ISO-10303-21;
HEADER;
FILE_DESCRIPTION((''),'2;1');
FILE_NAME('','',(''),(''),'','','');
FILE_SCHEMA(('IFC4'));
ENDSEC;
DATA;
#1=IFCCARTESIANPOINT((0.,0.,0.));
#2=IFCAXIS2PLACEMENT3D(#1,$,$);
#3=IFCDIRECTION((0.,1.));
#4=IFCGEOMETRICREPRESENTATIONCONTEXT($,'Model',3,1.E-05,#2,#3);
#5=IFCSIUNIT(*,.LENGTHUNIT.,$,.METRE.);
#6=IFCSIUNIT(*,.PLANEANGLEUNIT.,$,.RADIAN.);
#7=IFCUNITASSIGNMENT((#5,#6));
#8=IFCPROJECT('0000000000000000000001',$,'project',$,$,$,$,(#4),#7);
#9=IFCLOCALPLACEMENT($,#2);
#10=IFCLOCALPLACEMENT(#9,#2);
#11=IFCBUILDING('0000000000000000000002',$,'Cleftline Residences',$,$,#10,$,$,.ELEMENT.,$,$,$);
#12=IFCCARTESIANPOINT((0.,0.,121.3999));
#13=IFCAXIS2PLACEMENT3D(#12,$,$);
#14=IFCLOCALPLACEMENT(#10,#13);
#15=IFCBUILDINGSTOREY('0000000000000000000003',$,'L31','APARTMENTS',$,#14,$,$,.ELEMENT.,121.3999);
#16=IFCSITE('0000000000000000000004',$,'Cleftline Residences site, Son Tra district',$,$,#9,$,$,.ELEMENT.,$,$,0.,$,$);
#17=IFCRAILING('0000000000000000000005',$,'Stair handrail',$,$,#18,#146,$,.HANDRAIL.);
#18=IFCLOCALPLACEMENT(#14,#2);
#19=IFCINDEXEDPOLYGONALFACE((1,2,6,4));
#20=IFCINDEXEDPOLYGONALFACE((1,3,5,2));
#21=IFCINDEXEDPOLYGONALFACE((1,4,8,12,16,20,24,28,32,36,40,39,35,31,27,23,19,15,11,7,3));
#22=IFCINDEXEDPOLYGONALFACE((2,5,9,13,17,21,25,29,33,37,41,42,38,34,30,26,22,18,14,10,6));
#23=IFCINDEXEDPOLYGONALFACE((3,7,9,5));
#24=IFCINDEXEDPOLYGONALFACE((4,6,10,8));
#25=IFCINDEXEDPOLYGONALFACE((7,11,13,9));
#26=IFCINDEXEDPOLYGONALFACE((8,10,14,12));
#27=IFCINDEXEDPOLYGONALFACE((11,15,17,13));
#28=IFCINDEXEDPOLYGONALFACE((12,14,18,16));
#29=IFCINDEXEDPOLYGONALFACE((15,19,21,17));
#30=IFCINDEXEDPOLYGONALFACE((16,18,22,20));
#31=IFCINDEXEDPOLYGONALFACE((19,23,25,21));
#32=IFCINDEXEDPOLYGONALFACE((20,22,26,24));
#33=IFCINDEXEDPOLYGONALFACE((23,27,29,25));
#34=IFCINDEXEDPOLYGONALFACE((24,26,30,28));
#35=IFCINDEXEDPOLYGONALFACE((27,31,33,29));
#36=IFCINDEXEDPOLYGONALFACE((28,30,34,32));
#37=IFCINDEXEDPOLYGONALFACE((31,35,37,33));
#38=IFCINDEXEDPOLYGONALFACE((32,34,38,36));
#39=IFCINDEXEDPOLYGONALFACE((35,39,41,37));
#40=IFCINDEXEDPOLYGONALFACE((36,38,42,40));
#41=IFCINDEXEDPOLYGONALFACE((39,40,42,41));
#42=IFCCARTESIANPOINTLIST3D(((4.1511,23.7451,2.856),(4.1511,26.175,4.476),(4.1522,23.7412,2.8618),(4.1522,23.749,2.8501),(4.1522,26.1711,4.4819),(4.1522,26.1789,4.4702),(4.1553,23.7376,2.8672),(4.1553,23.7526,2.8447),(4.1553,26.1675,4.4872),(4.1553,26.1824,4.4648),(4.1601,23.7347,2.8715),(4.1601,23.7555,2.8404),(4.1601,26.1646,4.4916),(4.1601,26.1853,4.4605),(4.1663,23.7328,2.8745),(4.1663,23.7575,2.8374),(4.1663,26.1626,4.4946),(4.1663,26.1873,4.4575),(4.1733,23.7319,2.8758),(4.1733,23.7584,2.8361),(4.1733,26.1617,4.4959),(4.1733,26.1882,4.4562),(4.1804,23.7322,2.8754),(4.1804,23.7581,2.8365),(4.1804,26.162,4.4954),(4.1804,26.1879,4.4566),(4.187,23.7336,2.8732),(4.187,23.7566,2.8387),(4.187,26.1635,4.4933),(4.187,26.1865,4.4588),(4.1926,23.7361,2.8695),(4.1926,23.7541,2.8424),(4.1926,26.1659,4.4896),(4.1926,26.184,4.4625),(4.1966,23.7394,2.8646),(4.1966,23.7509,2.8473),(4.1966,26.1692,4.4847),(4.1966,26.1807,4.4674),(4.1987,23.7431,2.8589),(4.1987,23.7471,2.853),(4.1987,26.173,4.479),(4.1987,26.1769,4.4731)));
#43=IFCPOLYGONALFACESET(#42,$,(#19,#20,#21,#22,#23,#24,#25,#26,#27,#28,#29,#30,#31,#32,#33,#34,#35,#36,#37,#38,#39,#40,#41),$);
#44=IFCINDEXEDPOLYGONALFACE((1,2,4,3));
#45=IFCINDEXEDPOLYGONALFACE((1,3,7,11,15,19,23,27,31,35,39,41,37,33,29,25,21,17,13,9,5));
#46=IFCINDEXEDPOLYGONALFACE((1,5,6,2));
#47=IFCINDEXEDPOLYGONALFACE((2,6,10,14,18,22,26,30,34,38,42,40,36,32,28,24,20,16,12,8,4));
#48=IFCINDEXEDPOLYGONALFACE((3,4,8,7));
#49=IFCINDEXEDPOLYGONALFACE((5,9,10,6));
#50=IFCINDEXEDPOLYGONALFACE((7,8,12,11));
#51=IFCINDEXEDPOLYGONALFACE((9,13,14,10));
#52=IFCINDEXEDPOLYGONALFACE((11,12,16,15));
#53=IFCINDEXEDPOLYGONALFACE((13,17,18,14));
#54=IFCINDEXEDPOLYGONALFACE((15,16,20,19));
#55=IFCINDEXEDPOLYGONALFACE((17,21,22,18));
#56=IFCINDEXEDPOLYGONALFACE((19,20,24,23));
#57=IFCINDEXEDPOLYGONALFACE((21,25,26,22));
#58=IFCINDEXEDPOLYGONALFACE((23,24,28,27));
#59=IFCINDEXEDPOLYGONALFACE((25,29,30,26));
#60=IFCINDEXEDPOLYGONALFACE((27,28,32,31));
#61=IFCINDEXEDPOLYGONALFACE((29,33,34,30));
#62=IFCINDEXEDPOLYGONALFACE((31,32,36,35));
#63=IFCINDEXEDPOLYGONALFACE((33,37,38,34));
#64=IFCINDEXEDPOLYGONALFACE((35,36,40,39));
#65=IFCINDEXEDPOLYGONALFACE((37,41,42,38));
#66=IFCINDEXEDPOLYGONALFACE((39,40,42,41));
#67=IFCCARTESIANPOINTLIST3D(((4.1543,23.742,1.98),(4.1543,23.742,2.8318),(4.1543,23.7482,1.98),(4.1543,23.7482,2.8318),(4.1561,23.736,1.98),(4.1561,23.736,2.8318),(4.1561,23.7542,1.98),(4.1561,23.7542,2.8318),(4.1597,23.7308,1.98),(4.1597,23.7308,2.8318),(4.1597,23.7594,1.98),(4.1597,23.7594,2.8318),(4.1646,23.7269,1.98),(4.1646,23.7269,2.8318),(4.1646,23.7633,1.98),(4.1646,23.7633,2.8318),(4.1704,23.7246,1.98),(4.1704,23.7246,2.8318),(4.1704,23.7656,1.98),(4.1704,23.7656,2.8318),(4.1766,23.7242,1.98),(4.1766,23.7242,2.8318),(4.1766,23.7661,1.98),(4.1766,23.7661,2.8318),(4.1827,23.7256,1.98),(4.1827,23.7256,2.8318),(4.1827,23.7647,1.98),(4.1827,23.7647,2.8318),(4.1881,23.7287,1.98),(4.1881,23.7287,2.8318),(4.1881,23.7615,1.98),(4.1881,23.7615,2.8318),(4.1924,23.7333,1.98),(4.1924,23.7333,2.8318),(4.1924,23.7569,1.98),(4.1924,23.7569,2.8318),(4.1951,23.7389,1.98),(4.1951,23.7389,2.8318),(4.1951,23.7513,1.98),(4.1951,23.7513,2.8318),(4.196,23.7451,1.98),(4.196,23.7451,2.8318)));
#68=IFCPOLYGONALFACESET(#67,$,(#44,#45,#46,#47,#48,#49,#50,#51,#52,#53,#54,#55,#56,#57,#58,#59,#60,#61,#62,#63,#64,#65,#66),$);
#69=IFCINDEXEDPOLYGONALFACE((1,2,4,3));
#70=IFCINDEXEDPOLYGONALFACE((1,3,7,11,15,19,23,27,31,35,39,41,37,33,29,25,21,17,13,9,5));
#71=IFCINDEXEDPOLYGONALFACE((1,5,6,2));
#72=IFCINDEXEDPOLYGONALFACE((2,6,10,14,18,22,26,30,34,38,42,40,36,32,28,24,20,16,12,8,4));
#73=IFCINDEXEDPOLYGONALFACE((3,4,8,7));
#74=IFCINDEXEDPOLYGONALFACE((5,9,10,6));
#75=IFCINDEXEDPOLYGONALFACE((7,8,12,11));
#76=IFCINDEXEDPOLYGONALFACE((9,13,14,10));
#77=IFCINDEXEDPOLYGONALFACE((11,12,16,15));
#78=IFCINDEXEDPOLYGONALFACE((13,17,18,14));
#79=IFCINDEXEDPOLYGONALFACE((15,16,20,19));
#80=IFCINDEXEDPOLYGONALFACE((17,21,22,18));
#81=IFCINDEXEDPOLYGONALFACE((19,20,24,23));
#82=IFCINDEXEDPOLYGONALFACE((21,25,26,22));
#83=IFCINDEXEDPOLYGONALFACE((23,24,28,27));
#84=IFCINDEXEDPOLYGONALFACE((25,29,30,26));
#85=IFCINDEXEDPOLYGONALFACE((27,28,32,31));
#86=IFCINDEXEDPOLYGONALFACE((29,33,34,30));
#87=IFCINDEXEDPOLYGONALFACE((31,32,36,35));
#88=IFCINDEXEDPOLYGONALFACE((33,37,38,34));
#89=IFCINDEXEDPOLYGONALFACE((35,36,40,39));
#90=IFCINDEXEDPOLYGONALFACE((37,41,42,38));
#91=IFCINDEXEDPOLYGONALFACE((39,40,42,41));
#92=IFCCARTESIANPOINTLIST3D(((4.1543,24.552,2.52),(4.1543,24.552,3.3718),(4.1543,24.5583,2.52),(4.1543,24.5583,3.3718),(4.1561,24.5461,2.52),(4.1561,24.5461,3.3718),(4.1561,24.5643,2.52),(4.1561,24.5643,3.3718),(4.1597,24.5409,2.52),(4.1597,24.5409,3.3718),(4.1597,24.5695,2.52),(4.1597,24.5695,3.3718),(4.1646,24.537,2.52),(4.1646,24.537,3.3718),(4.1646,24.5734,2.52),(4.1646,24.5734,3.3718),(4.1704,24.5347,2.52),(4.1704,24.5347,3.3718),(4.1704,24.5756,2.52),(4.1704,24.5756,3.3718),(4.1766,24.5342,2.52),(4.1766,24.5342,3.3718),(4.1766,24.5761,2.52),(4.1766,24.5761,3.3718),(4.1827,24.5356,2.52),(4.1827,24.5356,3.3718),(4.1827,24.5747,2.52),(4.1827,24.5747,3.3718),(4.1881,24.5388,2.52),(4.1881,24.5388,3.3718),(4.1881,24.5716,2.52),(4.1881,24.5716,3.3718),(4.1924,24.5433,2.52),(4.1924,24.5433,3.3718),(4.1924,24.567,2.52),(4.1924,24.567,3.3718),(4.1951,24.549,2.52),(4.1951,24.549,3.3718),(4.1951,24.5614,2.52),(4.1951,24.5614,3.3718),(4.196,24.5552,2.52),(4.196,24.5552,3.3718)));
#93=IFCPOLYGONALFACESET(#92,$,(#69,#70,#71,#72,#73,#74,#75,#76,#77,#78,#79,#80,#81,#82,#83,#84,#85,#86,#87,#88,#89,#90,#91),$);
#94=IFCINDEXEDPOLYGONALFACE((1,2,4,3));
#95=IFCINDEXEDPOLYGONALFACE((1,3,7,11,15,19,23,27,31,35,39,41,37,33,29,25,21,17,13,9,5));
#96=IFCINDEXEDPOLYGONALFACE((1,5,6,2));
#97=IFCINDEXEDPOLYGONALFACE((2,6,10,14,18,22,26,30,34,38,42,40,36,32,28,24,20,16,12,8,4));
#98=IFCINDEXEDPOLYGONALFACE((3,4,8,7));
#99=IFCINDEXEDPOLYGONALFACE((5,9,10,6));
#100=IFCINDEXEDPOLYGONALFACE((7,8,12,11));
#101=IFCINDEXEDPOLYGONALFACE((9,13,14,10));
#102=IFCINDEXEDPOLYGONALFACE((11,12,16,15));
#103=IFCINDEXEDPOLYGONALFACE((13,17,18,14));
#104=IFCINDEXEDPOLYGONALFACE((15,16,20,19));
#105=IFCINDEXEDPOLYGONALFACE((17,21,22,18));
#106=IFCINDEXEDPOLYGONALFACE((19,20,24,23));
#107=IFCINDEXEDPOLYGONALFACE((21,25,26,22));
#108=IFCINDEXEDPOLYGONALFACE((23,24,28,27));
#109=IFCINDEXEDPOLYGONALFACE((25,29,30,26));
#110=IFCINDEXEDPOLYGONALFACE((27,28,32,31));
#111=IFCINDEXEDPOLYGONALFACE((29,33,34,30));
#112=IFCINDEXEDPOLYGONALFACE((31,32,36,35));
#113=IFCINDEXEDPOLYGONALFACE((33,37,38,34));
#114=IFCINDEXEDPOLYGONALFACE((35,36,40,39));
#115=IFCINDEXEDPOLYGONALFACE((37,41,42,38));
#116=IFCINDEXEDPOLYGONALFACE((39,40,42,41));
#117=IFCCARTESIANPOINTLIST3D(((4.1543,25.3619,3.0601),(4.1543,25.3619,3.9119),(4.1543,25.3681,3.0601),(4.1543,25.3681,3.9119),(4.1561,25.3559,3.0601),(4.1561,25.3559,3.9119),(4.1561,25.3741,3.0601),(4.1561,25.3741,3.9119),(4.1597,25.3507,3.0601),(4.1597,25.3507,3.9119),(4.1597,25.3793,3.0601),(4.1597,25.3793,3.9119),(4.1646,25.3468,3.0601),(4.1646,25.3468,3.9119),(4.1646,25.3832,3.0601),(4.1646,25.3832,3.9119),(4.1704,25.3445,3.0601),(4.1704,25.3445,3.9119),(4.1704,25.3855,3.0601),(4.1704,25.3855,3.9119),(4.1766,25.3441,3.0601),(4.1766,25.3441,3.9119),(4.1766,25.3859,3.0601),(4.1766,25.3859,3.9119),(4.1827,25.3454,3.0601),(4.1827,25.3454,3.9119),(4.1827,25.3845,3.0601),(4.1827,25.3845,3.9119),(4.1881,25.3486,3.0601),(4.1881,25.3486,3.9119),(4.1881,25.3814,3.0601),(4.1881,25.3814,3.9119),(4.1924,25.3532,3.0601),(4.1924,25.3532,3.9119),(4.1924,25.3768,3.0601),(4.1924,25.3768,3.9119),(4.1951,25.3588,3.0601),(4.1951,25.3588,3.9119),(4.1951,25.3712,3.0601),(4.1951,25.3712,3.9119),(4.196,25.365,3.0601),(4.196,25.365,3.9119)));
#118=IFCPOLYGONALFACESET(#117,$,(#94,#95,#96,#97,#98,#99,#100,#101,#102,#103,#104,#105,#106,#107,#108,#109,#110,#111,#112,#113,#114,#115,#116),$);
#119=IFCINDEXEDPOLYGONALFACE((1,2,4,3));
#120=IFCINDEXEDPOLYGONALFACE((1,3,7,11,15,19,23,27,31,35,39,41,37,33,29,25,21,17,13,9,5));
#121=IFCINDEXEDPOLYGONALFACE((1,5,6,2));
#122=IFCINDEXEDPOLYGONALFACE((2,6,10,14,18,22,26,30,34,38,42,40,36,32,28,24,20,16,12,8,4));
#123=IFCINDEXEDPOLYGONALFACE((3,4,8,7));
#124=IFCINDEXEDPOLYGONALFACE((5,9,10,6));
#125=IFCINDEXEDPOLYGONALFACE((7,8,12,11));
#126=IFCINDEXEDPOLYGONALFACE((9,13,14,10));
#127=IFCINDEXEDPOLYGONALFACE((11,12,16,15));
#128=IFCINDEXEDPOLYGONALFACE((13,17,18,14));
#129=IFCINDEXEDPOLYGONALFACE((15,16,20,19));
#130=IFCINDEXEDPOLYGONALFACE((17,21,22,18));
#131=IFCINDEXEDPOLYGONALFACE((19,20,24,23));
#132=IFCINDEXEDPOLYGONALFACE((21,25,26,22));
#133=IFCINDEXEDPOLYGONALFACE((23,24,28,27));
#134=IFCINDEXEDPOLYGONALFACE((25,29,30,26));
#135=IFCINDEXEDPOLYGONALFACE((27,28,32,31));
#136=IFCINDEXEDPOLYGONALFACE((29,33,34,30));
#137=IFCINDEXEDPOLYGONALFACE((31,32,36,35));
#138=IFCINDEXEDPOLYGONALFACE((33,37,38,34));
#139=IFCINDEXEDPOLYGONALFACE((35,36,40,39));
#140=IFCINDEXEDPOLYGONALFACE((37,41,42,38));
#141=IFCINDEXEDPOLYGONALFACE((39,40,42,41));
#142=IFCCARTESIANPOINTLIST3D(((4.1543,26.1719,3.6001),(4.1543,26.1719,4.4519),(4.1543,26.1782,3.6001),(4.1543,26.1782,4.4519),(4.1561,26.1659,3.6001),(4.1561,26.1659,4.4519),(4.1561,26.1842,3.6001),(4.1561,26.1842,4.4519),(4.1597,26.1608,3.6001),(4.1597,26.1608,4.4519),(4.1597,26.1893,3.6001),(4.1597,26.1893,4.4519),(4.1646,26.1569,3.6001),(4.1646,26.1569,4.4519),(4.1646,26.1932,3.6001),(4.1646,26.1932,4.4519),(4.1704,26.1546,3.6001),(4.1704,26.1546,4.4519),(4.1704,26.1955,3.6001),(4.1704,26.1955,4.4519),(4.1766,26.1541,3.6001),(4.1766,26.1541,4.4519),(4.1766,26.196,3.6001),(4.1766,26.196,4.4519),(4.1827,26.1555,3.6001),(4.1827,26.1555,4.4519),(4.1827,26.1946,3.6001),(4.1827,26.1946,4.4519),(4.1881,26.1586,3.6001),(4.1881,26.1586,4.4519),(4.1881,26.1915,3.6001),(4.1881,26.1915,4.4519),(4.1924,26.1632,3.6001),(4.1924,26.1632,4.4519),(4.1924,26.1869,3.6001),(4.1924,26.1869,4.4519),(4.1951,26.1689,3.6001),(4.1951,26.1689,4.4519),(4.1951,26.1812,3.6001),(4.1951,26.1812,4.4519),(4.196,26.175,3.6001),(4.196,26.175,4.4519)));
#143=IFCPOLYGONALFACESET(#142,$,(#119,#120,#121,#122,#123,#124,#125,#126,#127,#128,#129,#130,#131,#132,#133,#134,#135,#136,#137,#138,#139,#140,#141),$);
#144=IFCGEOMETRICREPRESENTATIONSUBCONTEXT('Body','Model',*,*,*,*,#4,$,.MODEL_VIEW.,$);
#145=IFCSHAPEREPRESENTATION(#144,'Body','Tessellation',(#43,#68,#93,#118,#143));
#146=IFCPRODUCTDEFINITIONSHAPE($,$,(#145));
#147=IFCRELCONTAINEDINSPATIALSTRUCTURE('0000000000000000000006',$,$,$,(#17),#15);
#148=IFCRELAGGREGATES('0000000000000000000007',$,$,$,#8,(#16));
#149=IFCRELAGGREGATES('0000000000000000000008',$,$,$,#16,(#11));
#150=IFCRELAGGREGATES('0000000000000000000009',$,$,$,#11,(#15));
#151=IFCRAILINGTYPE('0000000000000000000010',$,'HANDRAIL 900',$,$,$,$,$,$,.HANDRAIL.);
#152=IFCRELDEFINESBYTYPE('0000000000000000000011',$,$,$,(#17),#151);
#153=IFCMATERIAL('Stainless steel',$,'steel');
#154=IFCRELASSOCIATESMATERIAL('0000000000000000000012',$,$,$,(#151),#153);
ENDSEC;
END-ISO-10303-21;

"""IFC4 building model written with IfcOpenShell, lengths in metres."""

from ifc_helpers import new_model, si_unit, direction, frame, origin, origin_2d, place, context, subcontext, project, spatial, circle, extrude, material, type_object, element, save


model = new_model("IFC4")

# Units and contexts
model_context = context("Model", 3, precision=1e-05, world=origin(), true_north=direction((0.0, 1.0)))
body_context = subcontext(model_context, "Body", "Model", "MODEL_VIEW")
ifc_project = project(units=[si_unit("LENGTHUNIT", "METRE"), si_unit("PLANEANGLEUNIT", "RADIAN")], contexts=[model_context])

# Site, building, storey
site_placement = place(None, origin())
site = spatial("IfcSite", under=ifc_project, at=site_placement, Name="Cleftline Residences site, Son Tra district", CompositionType="ELEMENT", RefElevation=0.0)
building_placement = place(site_placement, origin())
building = spatial("IfcBuilding", under=site, at=building_placement, Name="Cleftline Residences", CompositionType="ELEMENT")
storey_placement = place(building_placement, frame((0.0, 0.0, 121.3999)))
storey = spatial("IfcBuildingStorey", under=building, at=storey_placement, Name="L31", Description="APARTMENTS", CompositionType="ELEMENT", Elevation=121.3999)

# Railing
ifc_material_1 = material(Name="Stainless steel", Category="steel")
railing_type = type_object("IfcRailingType", Name="HANDRAIL 900", PredefinedType="HANDRAIL", material=ifc_material_1)
railing_1_placement = place(storey_placement, frame((4.175, 23.7451, 1.98)))
element("IfcRailing", 1, at=railing_1_placement, inside=storey, type_object=railing_type, Name="Stair handrail", PredefinedType="HANDRAIL", context=body_context, shape_type="SweptSolid", body=[
    extrude(circle(Radius=0.0239, at=origin_2d()), frame((0.0, 0.0, 0.876), z_axis=(0.0, 0.832025, 0.554739), x_axis=(-1.0, 0.0, 0.0)), (0.0, 0.0, 1.0), 2.9204),
    extrude(circle(Radius=0.021, at=origin_2d()), origin(), (0.0, 0.0, 1.0), 0.8518),
    extrude(circle(Radius=0.021, at=origin_2d()), frame((0.0, 0.8101, 0.54)), (0.0, 0.0, 1.0), 0.8518),
    extrude(circle(Radius=0.021, at=origin_2d()), frame((0.0, 1.6199, 1.0801)), (0.0, 0.0, 1.0), 0.8518),
    extrude(circle(Radius=0.021, at=origin_2d()), frame((0.0, 2.4299, 1.6201)), (0.0, 0.0, 1.0), 0.8518),
])

save(model, "model.ifc")
